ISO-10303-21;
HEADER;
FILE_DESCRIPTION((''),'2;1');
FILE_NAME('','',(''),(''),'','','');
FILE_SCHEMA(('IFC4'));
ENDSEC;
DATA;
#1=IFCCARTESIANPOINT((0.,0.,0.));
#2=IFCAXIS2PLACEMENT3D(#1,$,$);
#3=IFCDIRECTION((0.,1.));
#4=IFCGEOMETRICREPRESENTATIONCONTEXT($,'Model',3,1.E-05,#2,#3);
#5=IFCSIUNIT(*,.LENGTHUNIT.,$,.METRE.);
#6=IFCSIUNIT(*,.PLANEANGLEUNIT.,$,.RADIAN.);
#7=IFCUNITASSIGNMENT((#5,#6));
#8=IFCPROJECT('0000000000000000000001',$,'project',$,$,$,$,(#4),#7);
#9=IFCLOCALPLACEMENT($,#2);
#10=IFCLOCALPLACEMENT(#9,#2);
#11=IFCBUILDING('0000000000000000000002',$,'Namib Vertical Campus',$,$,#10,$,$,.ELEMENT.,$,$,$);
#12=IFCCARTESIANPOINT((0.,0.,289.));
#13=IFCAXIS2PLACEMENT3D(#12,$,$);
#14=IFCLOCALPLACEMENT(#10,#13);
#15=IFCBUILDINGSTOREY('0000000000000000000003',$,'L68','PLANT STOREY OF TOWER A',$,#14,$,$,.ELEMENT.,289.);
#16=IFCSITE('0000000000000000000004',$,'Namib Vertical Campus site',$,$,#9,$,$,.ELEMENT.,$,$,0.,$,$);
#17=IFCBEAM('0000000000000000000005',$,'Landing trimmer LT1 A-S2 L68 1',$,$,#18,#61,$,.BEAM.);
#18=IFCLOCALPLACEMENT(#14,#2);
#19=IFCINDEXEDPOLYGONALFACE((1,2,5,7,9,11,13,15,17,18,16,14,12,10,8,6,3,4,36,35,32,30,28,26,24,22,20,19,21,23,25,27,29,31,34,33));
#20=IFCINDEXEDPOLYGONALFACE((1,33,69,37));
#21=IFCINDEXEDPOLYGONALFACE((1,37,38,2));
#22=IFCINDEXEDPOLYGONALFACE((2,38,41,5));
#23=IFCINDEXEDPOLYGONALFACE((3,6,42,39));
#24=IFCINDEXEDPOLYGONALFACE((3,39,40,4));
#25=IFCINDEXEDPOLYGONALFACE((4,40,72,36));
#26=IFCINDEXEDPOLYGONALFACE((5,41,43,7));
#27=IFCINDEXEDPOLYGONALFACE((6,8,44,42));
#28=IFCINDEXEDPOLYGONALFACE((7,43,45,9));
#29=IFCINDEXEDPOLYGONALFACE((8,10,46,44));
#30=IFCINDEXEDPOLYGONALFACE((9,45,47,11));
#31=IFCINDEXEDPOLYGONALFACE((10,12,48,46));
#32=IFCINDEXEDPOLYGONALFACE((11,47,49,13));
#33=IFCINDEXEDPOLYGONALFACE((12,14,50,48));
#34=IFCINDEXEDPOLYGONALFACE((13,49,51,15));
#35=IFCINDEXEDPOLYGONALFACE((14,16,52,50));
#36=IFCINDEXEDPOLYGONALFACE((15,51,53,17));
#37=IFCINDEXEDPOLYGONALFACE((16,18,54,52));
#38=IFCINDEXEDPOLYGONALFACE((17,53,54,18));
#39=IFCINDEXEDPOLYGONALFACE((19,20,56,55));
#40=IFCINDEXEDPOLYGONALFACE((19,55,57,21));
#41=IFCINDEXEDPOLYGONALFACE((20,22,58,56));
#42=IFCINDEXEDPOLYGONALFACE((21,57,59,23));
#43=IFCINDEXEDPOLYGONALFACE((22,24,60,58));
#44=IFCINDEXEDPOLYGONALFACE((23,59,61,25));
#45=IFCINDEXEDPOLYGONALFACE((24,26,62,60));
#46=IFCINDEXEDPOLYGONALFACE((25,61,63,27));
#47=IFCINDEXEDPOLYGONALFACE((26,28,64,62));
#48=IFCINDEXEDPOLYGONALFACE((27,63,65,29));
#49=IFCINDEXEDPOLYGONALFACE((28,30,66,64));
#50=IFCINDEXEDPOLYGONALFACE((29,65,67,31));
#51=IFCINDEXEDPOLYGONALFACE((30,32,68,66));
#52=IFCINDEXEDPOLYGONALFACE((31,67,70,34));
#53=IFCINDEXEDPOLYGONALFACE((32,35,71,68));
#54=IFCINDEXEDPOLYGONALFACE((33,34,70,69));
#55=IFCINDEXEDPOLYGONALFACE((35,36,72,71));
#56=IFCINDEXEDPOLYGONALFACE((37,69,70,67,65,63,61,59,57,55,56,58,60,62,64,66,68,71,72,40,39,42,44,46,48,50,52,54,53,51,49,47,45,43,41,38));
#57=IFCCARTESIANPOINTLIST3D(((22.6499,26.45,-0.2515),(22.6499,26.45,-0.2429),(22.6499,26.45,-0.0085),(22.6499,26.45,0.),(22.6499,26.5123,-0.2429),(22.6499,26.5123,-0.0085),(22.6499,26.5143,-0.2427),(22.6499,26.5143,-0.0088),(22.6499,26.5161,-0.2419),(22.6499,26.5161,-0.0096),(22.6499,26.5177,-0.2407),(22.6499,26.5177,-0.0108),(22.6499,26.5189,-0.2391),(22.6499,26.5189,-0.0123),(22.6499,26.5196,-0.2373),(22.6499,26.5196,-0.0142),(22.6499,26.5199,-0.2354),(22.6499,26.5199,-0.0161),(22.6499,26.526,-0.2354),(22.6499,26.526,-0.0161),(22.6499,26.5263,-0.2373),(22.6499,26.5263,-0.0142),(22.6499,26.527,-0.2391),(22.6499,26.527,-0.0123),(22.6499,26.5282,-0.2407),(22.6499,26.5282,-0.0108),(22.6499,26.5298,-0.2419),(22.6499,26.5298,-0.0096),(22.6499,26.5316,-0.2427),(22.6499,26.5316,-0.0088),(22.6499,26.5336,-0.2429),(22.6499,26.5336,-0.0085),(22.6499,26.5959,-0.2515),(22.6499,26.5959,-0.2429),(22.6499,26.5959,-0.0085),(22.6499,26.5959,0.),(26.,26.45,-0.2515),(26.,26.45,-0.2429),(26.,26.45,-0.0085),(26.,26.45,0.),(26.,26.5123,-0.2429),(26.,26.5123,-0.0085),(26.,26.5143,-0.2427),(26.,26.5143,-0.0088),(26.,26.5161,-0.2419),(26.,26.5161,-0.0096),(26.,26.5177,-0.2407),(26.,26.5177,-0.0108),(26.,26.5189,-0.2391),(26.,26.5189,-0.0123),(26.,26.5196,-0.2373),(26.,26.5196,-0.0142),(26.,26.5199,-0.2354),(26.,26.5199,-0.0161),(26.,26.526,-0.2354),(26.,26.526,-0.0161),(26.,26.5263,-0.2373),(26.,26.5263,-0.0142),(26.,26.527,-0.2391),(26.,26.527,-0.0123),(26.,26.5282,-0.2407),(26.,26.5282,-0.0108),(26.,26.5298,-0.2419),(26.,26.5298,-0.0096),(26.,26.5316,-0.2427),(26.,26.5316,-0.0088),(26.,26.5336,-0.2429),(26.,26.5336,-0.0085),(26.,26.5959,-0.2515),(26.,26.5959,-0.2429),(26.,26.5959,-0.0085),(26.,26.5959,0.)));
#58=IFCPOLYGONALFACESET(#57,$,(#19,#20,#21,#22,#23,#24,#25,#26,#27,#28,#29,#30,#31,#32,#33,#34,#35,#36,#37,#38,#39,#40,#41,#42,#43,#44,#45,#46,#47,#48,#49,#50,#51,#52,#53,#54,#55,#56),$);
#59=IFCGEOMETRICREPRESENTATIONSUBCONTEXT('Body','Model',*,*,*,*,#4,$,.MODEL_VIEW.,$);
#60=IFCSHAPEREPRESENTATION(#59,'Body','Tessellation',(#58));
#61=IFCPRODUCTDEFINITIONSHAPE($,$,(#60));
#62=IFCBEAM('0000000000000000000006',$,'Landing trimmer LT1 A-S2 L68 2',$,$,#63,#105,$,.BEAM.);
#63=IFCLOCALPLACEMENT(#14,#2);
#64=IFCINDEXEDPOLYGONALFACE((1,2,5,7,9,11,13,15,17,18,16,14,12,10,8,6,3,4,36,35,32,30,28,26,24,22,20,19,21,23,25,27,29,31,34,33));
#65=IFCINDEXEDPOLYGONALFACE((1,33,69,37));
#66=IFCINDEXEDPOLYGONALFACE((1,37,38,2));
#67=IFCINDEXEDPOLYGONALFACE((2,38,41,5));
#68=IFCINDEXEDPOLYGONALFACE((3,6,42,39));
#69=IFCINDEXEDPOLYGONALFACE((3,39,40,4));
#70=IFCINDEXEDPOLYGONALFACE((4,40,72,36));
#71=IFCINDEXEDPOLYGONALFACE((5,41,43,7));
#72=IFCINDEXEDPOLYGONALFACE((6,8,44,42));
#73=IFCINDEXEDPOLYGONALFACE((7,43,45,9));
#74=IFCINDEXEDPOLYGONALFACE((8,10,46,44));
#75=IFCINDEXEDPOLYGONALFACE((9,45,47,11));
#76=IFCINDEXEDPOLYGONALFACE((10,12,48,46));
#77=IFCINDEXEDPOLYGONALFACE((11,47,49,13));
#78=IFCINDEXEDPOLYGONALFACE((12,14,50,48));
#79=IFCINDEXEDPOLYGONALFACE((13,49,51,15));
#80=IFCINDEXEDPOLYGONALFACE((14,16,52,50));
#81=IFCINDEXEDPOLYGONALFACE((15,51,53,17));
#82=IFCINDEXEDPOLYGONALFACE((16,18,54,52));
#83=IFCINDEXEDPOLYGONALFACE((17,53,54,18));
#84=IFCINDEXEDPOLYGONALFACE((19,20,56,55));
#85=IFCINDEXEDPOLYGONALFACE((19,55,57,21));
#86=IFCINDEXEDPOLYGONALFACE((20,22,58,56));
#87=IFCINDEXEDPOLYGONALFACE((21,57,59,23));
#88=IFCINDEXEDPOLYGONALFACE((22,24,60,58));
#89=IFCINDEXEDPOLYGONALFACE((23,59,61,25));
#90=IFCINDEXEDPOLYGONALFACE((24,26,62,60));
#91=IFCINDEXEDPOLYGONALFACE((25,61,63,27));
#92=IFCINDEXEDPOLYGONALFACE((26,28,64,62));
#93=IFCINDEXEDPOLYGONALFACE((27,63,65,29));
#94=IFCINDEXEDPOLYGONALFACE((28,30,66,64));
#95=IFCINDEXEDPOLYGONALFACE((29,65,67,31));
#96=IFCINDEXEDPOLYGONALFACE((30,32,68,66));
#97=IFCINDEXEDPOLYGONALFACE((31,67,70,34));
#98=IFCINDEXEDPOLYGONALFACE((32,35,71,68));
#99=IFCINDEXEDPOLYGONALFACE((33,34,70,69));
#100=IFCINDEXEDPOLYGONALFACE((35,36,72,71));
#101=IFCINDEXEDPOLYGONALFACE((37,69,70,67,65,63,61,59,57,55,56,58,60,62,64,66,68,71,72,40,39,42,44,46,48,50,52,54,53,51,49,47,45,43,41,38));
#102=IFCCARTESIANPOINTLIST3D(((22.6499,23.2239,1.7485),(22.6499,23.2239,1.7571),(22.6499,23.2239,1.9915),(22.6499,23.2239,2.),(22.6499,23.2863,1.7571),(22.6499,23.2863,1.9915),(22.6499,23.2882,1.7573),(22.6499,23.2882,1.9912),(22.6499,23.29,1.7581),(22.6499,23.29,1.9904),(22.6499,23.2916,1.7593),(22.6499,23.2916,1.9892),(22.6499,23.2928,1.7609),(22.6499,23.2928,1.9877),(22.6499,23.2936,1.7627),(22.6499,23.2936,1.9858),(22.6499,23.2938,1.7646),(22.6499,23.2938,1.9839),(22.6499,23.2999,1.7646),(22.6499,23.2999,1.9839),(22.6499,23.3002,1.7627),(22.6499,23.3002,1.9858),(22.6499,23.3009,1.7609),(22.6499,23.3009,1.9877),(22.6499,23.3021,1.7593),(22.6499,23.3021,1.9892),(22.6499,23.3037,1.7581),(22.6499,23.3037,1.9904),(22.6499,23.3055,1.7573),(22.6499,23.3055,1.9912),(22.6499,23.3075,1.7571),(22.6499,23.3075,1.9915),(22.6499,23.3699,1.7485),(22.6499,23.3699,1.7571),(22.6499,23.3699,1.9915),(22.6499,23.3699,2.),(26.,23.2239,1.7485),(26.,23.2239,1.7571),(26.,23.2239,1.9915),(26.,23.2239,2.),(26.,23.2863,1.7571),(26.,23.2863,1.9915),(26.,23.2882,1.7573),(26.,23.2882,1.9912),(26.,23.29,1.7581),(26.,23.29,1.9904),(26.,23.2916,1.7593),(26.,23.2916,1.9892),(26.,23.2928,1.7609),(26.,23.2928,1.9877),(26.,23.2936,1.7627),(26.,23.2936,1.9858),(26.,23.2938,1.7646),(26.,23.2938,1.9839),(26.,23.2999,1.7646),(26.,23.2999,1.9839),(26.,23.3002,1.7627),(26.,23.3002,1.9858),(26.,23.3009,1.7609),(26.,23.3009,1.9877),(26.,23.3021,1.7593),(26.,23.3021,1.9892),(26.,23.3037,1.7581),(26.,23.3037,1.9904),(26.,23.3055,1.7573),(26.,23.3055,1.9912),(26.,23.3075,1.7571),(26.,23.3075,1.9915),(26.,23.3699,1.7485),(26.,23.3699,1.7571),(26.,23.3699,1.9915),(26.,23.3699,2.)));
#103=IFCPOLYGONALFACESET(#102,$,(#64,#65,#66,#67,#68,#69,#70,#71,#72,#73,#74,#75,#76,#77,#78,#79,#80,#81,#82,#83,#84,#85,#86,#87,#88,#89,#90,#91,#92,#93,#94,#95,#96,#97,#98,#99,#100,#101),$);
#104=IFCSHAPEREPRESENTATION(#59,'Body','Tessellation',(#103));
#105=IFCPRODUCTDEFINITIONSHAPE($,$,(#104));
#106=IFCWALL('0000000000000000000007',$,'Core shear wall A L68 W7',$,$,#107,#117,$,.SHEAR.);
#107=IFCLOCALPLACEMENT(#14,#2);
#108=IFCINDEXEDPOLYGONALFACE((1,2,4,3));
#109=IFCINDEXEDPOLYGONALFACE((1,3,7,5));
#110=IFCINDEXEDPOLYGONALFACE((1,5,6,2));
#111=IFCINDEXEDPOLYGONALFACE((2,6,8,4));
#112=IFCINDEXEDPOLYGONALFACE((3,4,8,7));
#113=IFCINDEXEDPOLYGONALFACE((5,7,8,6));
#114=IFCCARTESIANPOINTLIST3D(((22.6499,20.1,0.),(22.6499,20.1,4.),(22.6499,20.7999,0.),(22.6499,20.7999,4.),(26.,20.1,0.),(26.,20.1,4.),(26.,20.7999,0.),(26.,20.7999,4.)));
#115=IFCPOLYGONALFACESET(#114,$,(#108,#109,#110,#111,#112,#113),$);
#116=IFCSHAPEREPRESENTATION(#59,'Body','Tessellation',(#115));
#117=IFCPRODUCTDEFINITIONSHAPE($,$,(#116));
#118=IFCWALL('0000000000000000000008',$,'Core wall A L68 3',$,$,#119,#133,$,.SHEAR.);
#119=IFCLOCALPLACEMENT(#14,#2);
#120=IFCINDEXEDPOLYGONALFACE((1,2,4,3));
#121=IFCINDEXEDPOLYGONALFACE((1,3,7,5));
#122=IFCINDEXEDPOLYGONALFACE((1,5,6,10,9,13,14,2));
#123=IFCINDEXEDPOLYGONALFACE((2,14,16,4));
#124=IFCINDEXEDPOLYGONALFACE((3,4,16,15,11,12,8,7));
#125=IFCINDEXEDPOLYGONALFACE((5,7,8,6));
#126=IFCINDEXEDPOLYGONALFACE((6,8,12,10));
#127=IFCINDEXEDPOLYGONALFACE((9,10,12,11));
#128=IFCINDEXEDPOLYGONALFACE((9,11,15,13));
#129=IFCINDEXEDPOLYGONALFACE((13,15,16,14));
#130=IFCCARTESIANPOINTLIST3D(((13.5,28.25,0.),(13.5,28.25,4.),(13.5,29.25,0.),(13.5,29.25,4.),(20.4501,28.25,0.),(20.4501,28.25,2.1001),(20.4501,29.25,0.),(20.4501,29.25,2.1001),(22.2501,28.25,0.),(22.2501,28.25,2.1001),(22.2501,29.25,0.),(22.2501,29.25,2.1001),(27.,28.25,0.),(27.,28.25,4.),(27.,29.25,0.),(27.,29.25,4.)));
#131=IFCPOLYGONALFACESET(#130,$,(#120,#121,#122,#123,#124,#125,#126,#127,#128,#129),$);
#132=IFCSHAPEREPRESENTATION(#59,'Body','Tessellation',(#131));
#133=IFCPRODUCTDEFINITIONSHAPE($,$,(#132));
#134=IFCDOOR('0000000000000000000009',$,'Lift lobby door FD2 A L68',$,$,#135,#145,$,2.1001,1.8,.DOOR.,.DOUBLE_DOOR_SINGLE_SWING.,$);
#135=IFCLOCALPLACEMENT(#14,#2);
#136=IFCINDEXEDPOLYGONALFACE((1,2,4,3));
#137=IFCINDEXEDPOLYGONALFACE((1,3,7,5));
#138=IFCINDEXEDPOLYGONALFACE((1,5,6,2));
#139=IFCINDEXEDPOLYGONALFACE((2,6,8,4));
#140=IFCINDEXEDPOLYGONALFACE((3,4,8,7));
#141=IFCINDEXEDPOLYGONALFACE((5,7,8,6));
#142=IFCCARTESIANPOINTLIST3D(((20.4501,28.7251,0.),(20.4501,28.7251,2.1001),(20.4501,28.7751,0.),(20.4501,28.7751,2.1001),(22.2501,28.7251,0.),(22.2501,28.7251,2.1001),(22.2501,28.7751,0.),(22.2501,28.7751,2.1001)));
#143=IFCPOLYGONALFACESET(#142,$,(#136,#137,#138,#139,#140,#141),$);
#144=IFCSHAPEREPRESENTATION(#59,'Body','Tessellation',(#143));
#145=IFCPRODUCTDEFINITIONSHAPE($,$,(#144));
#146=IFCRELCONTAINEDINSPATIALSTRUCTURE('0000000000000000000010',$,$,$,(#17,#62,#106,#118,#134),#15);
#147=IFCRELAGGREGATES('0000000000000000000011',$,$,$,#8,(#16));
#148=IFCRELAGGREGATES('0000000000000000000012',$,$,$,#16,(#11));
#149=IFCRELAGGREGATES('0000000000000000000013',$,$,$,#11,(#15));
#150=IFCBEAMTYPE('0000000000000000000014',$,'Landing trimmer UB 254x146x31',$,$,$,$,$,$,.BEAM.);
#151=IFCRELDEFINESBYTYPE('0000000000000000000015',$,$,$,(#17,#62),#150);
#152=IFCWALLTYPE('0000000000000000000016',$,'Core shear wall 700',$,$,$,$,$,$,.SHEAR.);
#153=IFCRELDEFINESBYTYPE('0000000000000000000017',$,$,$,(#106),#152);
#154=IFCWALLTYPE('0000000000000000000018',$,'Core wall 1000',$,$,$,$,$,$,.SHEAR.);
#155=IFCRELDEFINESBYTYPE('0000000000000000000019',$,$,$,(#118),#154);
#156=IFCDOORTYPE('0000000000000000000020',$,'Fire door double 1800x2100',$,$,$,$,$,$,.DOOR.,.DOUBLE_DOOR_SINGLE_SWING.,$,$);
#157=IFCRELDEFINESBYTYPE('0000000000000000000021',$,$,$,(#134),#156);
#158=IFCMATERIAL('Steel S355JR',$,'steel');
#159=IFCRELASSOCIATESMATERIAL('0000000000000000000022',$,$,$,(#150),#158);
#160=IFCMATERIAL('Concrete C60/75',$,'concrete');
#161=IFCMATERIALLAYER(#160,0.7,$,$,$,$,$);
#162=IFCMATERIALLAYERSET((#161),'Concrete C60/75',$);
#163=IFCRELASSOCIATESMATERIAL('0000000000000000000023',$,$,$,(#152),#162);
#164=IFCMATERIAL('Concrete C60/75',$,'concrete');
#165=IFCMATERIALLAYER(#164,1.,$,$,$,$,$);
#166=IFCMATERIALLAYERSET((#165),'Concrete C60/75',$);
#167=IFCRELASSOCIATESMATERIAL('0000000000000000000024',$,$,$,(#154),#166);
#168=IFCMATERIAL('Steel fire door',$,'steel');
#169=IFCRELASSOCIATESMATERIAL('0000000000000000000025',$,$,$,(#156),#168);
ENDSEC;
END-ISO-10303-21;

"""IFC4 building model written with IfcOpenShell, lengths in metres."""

from ifc_helpers import new_model, si_unit, direction, frame, frame_2d, origin, origin_2d, place, context, subcontext, project, spatial, rectangle, i_section, extrude, material, layer, layer_set, material_profile, profile_set, type_object, element, fill, save


model = new_model("IFC4")

# Units and contexts
model_context = context("Model", 3, precision=1e-05, world=origin(), true_north=direction((0.0, 1.0)))
body_context = subcontext(model_context, "Body", "Model", "MODEL_VIEW")
ifc_project = project(units=[si_unit("LENGTHUNIT", "METRE"), si_unit("PLANEANGLEUNIT", "RADIAN")], contexts=[model_context])

# Site, building, storey
site_placement = place(None, origin())
site = spatial("IfcSite", under=ifc_project, at=site_placement, Name="Namib Vertical Campus site", CompositionType="ELEMENT", RefElevation=0.0)
building_placement = place(site_placement, origin())
building = spatial("IfcBuilding", under=site, at=building_placement, Name="Namib Vertical Campus", CompositionType="ELEMENT")
storey_placement = place(building_placement, frame((0.0, 0.0, 289.0)))
storey = spatial("IfcBuildingStorey", under=building, at=storey_placement, Name="L68", Description="PLANT STOREY OF TOWER A", CompositionType="ELEMENT", Elevation=289.0)

# Beams
ifc_material_1 = material(Name="Steel S355JR", Category="steel")
ifc_material_profile = material_profile(ifc_material_1, i_section(OverallWidth=0.146, OverallDepth=0.2515, WebThickness=0.0061, FlangeThickness=0.0085, FilletRadius=0.0076, at=origin_2d()))
ifc_profile_set = profile_set([ifc_material_profile], Name="Steel S355JR")
beam_type = type_object("IfcBeamType", Name="Landing trimmer UB 254x146x31", PredefinedType="BEAM", material=ifc_profile_set)
for number, where, z_axis, x_axis, name in (
    (1, (22.6499, 26.5229, -0.1257), (1.0, 0.0, 0.0), (0.0, 1.0, 0.0), "Landing trimmer LT1 A-S2 L68 1"),
    (2, (22.6499, 23.2969, 1.8743), (1.0, 0.0, 0.0), (0.0, 1.0, 0.0), "Landing trimmer LT1 A-S2 L68 2"),
):
    element("IfcBeam", number, at=place(storey_placement, frame(where, z_axis=z_axis, x_axis=x_axis)), inside=storey, type_object=beam_type, Name=name, PredefinedType="BEAM", context=body_context, shape_type="SweptSolid", body=[
        extrude(i_section(OverallWidth=0.146, OverallDepth=0.2515, WebThickness=0.0061, FlangeThickness=0.0085, FilletRadius=0.0076, at=origin_2d()), origin(), (0.0, 0.0, 1.0), 3.3501),
    ])

# Wall
ifc_material_2 = material(Name="Concrete C60/75", Category="concrete")
ifc_layer_1 = layer(ifc_material_2, 0.7)
ifc_layer_set_1 = layer_set([ifc_layer_1], Name="Concrete C60/75")
wall_type_1 = type_object("IfcWallType", Name="Core shear wall 700", PredefinedType="SHEAR", material=ifc_layer_set_1)
wall_1_placement = place(storey_placement, frame((22.6499, 20.45, 0.0), z_axis=(0.0, 0.0, 1.0), x_axis=(1.0, 0.0, 0.0)))
element("IfcWall", 3, at=wall_1_placement, inside=storey, type_object=wall_type_1, Name="Core shear wall A L68 W7", PredefinedType="SHEAR", context=body_context, shape_type="SweptSolid", body=[
    extrude(rectangle(XDim=3.3501, YDim=0.7, at=frame_2d((1.675, 0.0))), origin(), (0.0, 0.0, 1.0), 4.0),
])

# Wall, opening, door
ifc_material_3 = material(Name="Concrete C60/75", Category="concrete")
ifc_layer_2 = layer(ifc_material_3, 1.0)
ifc_layer_set_2 = layer_set([ifc_layer_2], Name="Concrete C60/75")
wall_type_2 = type_object("IfcWallType", Name="Core wall 1000", PredefinedType="SHEAR", material=ifc_layer_set_2)
wall_2_placement = place(storey_placement, frame((27.0, 28.75, 0.0), z_axis=(0.0, 0.0, 1.0), x_axis=(-1.0, 0.0, 0.0)))
wall_2 = element("IfcWall", 4, at=wall_2_placement, inside=storey, type_object=wall_type_2, Name="Core wall A L68 3", PredefinedType="SHEAR", context=body_context, shape_type="SweptSolid", body=[
    extrude(rectangle(XDim=13.5, YDim=1.0, at=frame_2d((6.75, 0.0))), origin(), (0.0, 0.0, 1.0), 4.0),
])
opening_1_placement = place(wall_2_placement, frame((4.75, 0.0, 0.0)))
opening_1 = element("IfcOpeningElement", 5, at=opening_1_placement, cuts=wall_2, PredefinedType="OPENING", context=body_context, shape_type="SweptSolid", body=[
    extrude(rectangle(XDim=1.8, YDim=2.1001, at=frame_2d((0.8999, 1.05))), frame((0.0, 0.51, 0.0), z_axis=(0.0, -1.0, 0.0), x_axis=(1.0, 0.0, 0.0)), (0.0, 0.0, 1.0), 1.02),
])
ifc_material_4 = material(Name="Steel fire door", Category="steel")
door_type_1 = type_object("IfcDoorType", Name="Fire door double 1800x2100", OperationType="DOUBLE_DOOR_SINGLE_SWING", PredefinedType="DOOR", material=ifc_material_4)
door_1_placement = place(opening_1_placement, origin())
door_1 = element("IfcDoor", 6, at=door_1_placement, inside=storey, type_object=door_type_1, Name="Lift lobby door FD2 A L68", OperationType="DOUBLE_DOOR_SINGLE_SWING", OverallHeight=2.1001, OverallWidth=1.8, PredefinedType="DOOR", context=body_context, shape_type="SweptSolid", body=[
    extrude(rectangle(XDim=1.8, YDim=2.1001, at=frame_2d((0.8999, 1.05))), frame((0.0, 0.0249, 0.0), z_axis=(0.0, -1.0, 0.0), x_axis=(1.0, 0.0, 0.0)), (0.0, 0.0, 1.0), 0.05),
])
fill(opening_1, door_1)

save(model, "model.ifc")
